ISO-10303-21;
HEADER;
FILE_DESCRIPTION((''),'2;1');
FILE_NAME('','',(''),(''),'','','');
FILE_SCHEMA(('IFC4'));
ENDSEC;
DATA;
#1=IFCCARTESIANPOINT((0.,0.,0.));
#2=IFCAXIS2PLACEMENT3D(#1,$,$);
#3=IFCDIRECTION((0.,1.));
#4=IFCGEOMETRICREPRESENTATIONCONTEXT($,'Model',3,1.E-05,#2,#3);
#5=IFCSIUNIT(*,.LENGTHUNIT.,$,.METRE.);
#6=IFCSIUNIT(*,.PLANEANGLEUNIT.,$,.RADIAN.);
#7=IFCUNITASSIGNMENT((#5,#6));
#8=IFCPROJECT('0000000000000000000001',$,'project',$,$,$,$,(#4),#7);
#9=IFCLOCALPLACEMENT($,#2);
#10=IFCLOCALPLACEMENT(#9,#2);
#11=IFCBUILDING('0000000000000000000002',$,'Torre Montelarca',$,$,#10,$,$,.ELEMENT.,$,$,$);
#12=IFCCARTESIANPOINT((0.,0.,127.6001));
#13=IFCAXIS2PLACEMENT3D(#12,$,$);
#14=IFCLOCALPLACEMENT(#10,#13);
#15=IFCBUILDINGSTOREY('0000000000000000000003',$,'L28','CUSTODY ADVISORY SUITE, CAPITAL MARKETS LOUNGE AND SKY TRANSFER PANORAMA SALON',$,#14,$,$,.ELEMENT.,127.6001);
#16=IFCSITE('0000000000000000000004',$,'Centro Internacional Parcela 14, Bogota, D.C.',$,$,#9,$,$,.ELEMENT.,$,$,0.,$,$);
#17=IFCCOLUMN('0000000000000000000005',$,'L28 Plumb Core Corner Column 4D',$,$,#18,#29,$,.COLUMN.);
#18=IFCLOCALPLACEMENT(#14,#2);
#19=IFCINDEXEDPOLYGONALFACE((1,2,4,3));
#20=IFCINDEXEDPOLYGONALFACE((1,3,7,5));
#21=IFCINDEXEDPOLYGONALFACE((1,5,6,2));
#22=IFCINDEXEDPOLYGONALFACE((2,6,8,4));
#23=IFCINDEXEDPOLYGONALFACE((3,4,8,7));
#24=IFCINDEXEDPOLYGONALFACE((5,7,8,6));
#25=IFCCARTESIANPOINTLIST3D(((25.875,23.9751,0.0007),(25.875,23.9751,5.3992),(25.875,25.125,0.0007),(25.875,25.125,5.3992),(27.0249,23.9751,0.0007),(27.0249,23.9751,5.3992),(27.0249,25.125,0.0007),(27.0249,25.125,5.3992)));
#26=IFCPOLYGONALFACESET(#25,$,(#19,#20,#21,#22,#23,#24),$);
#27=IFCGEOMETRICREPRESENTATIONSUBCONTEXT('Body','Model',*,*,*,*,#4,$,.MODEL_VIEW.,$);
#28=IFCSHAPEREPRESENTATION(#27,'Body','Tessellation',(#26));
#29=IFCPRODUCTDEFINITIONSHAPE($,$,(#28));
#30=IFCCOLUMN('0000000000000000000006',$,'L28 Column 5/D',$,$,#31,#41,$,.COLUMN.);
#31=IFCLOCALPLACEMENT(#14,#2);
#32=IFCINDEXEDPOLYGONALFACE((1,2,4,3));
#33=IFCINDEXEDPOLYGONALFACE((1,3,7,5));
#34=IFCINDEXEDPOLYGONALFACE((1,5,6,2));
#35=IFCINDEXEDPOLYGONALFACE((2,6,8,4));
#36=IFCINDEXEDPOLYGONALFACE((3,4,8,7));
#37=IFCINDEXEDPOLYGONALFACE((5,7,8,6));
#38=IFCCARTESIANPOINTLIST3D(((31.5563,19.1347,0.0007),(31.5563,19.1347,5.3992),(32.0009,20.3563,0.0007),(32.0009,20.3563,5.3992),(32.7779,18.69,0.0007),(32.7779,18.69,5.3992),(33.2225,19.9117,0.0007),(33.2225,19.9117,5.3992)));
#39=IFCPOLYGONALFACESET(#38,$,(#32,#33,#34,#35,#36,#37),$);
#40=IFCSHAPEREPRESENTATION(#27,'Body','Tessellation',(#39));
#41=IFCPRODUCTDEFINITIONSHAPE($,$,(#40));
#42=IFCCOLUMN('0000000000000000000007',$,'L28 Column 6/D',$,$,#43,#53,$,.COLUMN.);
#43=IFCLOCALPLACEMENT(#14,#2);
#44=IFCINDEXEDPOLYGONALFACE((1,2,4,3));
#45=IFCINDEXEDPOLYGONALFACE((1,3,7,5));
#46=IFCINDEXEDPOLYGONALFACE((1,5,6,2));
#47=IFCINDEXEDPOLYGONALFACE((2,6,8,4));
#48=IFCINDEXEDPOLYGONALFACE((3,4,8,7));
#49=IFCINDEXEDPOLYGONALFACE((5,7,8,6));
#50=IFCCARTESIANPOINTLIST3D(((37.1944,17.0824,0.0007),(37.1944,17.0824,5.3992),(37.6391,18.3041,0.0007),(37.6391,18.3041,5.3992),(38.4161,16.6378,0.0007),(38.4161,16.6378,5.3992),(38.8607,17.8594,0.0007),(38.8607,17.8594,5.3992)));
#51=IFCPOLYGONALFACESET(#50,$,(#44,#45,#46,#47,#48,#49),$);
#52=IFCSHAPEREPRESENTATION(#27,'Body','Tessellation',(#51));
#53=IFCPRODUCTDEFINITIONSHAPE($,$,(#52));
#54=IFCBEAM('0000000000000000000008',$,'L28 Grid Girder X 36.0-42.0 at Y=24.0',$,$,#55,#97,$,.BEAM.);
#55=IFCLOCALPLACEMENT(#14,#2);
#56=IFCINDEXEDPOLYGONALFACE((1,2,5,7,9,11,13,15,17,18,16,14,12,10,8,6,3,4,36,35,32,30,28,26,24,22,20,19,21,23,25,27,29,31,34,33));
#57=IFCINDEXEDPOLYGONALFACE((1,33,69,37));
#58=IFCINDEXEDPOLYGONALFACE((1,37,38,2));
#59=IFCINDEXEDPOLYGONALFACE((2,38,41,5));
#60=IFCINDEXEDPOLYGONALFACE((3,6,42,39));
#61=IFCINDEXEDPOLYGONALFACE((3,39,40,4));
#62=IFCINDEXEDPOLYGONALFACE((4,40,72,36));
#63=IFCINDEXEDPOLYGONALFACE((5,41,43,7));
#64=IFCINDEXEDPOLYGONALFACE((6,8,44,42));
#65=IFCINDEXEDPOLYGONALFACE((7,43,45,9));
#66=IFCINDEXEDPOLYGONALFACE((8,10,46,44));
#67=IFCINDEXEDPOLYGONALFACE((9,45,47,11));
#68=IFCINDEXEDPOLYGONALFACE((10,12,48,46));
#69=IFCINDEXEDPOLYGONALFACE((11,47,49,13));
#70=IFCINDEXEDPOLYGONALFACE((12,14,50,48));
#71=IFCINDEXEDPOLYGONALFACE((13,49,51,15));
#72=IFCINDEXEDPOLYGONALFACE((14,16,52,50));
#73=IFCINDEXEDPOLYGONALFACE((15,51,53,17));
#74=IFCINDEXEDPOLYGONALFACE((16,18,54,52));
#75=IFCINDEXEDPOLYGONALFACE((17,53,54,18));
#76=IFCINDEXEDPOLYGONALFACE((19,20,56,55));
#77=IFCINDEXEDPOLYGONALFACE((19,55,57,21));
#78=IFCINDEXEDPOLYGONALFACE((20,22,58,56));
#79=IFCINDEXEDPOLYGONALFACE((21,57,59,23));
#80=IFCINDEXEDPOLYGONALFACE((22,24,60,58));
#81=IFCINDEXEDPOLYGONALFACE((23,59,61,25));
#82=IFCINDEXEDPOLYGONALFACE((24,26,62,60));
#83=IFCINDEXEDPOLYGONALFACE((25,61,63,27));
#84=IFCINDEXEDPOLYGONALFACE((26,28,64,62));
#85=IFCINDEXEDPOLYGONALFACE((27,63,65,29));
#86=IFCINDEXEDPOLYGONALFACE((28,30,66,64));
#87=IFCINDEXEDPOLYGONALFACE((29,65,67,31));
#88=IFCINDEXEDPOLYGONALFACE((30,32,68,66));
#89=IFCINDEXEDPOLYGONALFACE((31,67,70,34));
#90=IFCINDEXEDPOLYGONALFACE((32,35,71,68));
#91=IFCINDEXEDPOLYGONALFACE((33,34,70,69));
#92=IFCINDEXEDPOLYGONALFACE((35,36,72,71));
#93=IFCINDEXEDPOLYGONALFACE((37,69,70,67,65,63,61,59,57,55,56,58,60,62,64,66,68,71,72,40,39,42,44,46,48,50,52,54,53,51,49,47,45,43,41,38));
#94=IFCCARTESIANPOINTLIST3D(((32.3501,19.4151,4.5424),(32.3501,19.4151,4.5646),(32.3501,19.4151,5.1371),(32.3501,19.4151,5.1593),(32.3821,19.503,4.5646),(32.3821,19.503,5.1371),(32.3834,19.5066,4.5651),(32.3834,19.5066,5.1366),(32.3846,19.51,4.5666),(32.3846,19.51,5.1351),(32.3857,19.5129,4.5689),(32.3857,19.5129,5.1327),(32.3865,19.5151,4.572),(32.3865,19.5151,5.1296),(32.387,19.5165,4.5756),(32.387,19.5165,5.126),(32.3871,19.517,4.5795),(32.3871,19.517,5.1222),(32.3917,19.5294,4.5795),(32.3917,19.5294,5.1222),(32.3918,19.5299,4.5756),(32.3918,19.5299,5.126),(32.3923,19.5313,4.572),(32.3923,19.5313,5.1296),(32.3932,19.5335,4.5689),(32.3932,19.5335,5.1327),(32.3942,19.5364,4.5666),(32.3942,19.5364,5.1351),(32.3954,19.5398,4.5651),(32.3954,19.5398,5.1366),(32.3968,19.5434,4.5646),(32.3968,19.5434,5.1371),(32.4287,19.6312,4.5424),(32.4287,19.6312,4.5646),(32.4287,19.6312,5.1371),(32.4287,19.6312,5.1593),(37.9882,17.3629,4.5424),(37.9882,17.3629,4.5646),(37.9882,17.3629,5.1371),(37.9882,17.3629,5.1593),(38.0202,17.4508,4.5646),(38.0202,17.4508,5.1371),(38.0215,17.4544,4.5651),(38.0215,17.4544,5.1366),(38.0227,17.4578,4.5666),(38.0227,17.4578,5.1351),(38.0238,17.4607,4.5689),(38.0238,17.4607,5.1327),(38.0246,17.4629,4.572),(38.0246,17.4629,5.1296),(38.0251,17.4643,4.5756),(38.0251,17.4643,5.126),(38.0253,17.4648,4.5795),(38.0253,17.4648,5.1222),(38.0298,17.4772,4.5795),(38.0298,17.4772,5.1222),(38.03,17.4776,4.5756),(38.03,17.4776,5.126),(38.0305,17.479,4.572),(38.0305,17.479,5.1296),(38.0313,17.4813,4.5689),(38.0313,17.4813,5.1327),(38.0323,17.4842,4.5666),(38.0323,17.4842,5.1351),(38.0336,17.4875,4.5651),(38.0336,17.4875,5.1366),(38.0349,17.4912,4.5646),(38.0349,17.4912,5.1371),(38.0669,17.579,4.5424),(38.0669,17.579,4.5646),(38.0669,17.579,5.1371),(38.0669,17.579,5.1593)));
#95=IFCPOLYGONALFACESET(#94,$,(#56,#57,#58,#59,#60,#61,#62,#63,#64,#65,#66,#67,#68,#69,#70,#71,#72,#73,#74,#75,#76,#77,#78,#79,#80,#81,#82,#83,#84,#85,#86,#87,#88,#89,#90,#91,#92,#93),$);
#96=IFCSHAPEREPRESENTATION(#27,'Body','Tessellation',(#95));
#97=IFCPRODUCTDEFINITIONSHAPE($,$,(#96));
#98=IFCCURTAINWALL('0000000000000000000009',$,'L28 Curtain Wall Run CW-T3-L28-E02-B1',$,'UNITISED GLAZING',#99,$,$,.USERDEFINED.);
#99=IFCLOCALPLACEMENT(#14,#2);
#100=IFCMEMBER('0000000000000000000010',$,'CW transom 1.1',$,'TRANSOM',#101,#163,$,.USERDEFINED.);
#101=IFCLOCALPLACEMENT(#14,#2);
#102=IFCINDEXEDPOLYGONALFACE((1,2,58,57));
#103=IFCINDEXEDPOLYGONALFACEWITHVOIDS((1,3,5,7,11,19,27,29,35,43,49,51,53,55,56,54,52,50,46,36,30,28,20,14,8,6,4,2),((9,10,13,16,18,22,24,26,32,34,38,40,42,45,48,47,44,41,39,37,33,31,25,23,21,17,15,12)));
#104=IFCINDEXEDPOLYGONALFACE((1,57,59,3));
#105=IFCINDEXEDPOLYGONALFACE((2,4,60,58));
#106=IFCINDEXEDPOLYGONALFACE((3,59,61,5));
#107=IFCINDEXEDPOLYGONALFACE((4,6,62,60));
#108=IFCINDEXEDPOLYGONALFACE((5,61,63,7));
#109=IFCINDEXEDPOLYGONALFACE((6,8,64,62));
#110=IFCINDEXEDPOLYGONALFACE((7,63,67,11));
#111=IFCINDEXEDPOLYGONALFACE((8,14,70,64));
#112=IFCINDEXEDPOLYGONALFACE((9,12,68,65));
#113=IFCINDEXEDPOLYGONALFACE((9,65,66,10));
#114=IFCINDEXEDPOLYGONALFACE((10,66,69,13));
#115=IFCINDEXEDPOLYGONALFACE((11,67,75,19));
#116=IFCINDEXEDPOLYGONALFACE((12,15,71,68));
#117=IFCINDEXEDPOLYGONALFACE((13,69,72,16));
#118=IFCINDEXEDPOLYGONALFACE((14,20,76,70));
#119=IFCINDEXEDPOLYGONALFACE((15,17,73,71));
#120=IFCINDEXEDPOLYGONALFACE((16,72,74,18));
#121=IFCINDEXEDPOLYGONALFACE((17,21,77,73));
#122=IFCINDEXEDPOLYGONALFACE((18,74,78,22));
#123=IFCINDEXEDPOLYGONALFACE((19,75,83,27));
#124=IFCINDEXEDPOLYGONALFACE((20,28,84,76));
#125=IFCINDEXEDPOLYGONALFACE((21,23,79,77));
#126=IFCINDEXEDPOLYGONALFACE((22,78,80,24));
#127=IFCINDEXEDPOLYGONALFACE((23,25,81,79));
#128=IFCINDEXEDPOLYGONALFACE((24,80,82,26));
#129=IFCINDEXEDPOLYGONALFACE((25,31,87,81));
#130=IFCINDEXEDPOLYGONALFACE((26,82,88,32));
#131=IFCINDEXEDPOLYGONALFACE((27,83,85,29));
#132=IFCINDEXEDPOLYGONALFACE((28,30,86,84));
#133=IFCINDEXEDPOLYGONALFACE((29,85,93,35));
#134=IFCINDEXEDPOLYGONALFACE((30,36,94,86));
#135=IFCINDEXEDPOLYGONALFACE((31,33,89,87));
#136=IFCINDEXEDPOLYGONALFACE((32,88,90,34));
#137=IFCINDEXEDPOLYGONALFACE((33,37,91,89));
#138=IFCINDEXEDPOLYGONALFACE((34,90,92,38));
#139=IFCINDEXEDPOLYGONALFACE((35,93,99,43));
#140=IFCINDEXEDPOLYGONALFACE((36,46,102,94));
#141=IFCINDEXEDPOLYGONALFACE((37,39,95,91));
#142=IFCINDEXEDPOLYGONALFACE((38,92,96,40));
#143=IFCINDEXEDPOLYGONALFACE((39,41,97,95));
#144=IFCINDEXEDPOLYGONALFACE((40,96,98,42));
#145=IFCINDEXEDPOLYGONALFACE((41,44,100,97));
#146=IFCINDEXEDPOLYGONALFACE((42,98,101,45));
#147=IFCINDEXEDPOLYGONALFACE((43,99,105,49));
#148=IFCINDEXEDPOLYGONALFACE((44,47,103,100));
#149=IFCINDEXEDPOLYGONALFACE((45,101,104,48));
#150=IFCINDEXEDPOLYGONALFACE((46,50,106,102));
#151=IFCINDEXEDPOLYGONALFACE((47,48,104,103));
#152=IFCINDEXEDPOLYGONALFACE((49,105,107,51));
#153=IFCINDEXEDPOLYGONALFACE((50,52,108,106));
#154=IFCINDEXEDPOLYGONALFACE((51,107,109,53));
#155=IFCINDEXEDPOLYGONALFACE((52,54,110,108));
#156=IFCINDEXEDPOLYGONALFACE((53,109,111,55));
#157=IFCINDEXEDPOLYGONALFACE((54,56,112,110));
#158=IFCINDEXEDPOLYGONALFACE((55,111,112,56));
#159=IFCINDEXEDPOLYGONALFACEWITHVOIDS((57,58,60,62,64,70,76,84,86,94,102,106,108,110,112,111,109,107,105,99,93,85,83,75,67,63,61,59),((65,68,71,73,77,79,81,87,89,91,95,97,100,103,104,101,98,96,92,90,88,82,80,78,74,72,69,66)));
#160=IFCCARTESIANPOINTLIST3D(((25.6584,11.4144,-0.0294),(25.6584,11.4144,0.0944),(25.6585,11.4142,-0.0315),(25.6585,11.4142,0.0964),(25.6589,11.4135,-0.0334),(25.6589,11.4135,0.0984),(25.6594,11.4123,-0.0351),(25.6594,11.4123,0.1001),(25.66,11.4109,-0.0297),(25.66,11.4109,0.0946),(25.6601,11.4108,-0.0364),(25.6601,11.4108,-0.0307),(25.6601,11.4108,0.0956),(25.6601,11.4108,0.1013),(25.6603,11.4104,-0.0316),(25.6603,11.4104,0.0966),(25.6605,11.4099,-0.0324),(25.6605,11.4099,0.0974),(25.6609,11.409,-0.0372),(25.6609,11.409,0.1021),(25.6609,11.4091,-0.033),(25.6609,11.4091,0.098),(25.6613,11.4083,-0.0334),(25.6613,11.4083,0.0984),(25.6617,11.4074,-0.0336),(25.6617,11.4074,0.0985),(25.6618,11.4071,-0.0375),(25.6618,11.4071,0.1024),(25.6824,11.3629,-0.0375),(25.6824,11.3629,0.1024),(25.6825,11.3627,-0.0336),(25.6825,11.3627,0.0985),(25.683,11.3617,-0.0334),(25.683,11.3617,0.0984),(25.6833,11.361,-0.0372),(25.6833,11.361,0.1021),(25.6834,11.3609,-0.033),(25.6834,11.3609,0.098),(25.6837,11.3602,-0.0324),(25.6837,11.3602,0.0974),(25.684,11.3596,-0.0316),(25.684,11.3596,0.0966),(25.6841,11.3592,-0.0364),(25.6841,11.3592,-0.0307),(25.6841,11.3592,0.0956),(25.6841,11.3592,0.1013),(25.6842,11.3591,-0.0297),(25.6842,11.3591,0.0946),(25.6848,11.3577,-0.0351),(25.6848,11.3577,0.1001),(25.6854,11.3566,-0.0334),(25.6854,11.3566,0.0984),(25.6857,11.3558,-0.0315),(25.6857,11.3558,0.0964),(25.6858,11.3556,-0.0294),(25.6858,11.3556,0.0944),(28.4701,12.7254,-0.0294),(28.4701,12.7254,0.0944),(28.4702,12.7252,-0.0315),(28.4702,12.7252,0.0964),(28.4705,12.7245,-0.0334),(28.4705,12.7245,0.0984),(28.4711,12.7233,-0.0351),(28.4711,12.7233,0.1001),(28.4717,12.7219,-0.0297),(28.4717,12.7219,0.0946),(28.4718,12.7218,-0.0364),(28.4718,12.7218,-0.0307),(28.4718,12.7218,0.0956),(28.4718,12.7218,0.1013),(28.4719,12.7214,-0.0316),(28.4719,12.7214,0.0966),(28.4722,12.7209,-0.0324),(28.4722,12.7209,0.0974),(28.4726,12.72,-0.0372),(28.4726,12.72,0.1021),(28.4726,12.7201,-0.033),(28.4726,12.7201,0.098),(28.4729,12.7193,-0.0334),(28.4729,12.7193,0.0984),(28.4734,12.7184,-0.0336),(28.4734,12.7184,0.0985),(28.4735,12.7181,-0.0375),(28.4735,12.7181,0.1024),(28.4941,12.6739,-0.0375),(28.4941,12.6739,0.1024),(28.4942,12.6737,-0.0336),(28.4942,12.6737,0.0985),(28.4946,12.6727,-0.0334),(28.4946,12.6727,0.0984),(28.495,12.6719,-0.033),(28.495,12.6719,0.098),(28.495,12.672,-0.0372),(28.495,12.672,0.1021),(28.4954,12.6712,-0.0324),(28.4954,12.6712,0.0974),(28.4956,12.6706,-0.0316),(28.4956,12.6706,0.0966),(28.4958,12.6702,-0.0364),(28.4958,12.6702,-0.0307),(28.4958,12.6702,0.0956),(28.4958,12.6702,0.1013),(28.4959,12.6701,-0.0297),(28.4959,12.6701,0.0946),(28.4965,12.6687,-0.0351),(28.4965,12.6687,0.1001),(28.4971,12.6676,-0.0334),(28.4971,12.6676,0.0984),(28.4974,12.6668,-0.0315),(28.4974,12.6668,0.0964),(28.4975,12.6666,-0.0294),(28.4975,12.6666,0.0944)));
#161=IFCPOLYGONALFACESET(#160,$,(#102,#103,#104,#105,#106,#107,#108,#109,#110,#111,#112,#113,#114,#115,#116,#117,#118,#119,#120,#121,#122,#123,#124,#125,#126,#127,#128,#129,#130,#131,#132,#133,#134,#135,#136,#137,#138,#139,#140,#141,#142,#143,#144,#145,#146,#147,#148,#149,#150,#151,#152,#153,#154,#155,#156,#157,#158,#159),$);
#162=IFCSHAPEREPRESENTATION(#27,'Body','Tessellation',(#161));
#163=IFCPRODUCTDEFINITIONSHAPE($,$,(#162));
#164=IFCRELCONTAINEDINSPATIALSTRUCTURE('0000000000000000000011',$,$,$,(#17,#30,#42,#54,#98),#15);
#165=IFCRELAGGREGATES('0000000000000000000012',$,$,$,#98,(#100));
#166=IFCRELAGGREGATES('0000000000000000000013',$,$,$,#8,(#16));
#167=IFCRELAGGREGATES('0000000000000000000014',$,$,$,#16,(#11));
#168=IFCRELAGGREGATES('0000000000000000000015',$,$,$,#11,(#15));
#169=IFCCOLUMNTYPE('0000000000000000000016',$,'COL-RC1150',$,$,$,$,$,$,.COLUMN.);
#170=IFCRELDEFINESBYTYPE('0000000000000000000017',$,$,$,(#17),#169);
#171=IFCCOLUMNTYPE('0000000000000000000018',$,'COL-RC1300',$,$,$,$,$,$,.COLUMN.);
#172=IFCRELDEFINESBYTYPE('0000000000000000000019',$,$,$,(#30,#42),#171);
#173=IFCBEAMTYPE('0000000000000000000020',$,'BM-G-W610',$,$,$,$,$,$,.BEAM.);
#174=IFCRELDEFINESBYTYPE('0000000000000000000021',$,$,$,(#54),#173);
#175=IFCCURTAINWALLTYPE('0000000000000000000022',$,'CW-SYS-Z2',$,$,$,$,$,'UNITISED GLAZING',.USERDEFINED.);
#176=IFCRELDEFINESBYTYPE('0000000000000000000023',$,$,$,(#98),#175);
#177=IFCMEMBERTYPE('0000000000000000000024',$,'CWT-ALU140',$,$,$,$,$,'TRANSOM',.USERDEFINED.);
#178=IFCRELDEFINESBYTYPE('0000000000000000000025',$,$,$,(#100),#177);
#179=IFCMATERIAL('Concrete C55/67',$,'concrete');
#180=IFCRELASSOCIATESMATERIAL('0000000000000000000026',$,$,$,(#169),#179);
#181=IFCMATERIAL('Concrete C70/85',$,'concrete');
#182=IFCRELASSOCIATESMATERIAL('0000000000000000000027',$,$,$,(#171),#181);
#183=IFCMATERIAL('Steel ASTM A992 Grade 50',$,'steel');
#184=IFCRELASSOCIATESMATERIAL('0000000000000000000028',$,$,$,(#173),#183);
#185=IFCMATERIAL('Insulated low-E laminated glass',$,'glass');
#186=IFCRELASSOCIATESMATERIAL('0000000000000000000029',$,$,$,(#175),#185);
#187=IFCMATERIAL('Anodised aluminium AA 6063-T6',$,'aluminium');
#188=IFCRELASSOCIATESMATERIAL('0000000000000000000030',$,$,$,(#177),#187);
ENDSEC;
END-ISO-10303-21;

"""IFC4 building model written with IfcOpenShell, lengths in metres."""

from ifc_helpers import new_model, si_unit, direction, frame, origin, origin_2d, place, context, subcontext, project, spatial, rectangle, hollow_rectangle, i_section, extrude, source, transform, mapped, material, material_profile, profile_set, type_object, element, aggregate, save


model = new_model("IFC4")

# Units and contexts
model_context = context("Model", 3, precision=1e-05, world=origin(), true_north=direction((0.0, 1.0)))
body_context = subcontext(model_context, "Body", "Model", "MODEL_VIEW")
ifc_project = project(units=[si_unit("LENGTHUNIT", "METRE"), si_unit("PLANEANGLEUNIT", "RADIAN")], contexts=[model_context])

# Site, building, storey
site_placement = place(None, origin())
site = spatial("IfcSite", under=ifc_project, at=site_placement, Name="Centro Internacional Parcela 14, Bogota, D.C.", CompositionType="ELEMENT", RefElevation=0.0)
building_placement = place(site_placement, origin())
building = spatial("IfcBuilding", under=site, at=building_placement, Name="Torre Montelarca", CompositionType="ELEMENT")
storey_placement = place(building_placement, frame((0.0, 0.0, 127.6001)))
storey = spatial("IfcBuildingStorey", under=building, at=storey_placement, Name="L28", Description="CUSTODY ADVISORY SUITE, CAPITAL MARKETS LOUNGE AND SKY TRANSFER PANORAMA SALON", CompositionType="ELEMENT", Elevation=127.6001)

# Columns
ifc_material_1 = material(Name="Concrete C55/67", Category="concrete")
ifc_material_profile_1 = material_profile(ifc_material_1, rectangle(XDim=1.1499, YDim=1.1499, at=origin_2d()), Name="RC1150X1150", Category="concrete")
ifc_profile_set_1 = profile_set([ifc_material_profile_1], Name="Concrete C55/67")
column_type_1 = type_object("IfcColumnType", Name="COL-RC1150", PredefinedType="COLUMN", material=ifc_profile_set_1)
shared_shape_1 = source(origin(), body_context, "Body", "SweptSolid", [
    extrude(rectangle(XDim=1.1499, YDim=1.1499, at=origin_2d()), origin(), (0.0, 0.0, 1.0), 5.3984),
])
column_placement = place(storey_placement, frame((26.45, 24.55, 0.0007), z_axis=(0.0, 0.0, 1.0), x_axis=(1.0, 0.0, 0.0)))
element("IfcColumn", 1, at=column_placement, inside=storey, type_object=column_type_1, Name="L28 Plumb Core Corner Column 4D", PredefinedType="COLUMN", context=body_context, shape_type="MappedRepresentation", body=[
    mapped(shared_shape_1, transform((0.0, 0.0, 0.0), scale=1.0)),
])
ifc_material_2 = material(Name="Concrete C70/85", Category="concrete")
ifc_material_profile_2 = material_profile(ifc_material_2, rectangle(XDim=1.3, YDim=1.3, at=origin_2d()), Name="RC1300X1300", Category="concrete")
ifc_profile_set_2 = profile_set([ifc_material_profile_2], Name="Concrete C70/85")
column_type_2 = type_object("IfcColumnType", Name="COL-RC1300", PredefinedType="COLUMN", material=ifc_profile_set_2)
shared_shape_2 = source(origin(), body_context, "Body", "SweptSolid", [
    extrude(rectangle(XDim=1.3, YDim=1.3, at=origin_2d()), origin(), (0.0, 0.0, 1.0), 5.3984),
])
for number, where, z_axis, x_axis, name in (
    (2, (32.3894, 19.5232, 0.0007), (0.0, 0.0, 1.0), (-0.939693, 0.34202, 0.0), "L28 Column 5/D"),
    (3, (38.0276, 17.4709, 0.0007), (0.0, 0.0, 1.0), (-0.939693, 0.34202, 0.0), "L28 Column 6/D"),
):
    element("IfcColumn", number, at=place(storey_placement, frame(where, z_axis=z_axis, x_axis=x_axis)), inside=storey, type_object=column_type_2, Name=name, PredefinedType="COLUMN", context=body_context, shape_type="MappedRepresentation", body=[
        mapped(shared_shape_2, transform((0.0, 0.0, 0.0), scale=1.0)),
    ])

# Beam
ifc_material_3 = material(Name="Steel ASTM A992 Grade 50", Category="steel")
ifc_material_profile_3 = material_profile(ifc_material_3, i_section(OverallWidth=0.23, OverallDepth=0.6169, WebThickness=0.0132, FlangeThickness=0.0222, FilletRadius=0.0149, at=origin_2d()), Name="W610X140", Category="steel")
ifc_profile_set_3 = profile_set([ifc_material_profile_3], Name="Steel ASTM A992 Grade 50")
beam_type = type_object("IfcBeamType", Name="BM-G-W610", PredefinedType="BEAM", material=ifc_profile_set_3)
shared_shape_3 = source(origin(), body_context, "Body", "SweptSolid", [
    extrude(i_section(OverallWidth=0.23, OverallDepth=0.6169, WebThickness=0.0132, FlangeThickness=0.0222, FilletRadius=0.0149, at=origin_2d()), origin(), (0.0, 0.0, 1.0), 6.0),
])
beam_placement = place(storey_placement, frame((32.3894, 19.5232, 4.8508), z_axis=(0.939686, -0.342037, 0.0), x_axis=(0.342037, 0.939686, 0.0)))
element("IfcBeam", 4, at=beam_placement, inside=storey, type_object=beam_type, Name="L28 Grid Girder X 36.0-42.0 at Y=24.0", PredefinedType="BEAM", context=body_context, shape_type="MappedRepresentation", body=[
    mapped(shared_shape_3, transform((0.0, 0.0, 0.0), scale=1.0)),
])

# Curtain wall, member
ifc_material_4 = material(Name="Insulated low-E laminated glass", Category="glass")
curtain_wall_type = type_object("IfcCurtainWallType", Name="CW-SYS-Z2", ElementType="UNITISED GLAZING", PredefinedType="USERDEFINED", material=ifc_material_4)
curtain_wall_1_placement = place(storey_placement, origin())
curtain_wall_1 = element("IfcCurtainWall", 5, at=curtain_wall_1_placement, inside=storey, type_object=curtain_wall_type, Name="L28 Curtain Wall Run CW-T3-L28-E02-B1", ObjectType="UNITISED GLAZING", PredefinedType="USERDEFINED")
ifc_material_5 = material(Name="Anodised aluminium AA 6063-T6", Category="aluminium")
ifc_material_profile_4 = material_profile(ifc_material_5, hollow_rectangle(XDim=0.0649, YDim=0.1399, WallThickness=0.0039, InnerFilletRadius=0.0039, OuterFilletRadius=0.0081, at=origin_2d()), Name="ALU65X140X4", Category="aluminium")
ifc_profile_set_4 = profile_set([ifc_material_profile_4], Name="Anodised aluminium AA 6063-T6")
member_type_1 = type_object("IfcMemberType", Name="CWT-ALU140", ElementType="TRANSOM", PredefinedType="USERDEFINED", material=ifc_profile_set_4)
shared_shape_4 = source(origin(), body_context, "Body", "SweptSolid", [
    extrude(hollow_rectangle(XDim=0.0649, YDim=0.1399, WallThickness=0.0039, InnerFilletRadius=0.0039, OuterFilletRadius=0.0081, at=origin_2d()), origin(), (0.0, 0.0, 1.0), 3.1023),
])
member_1_placement = place(storey_placement, frame((25.6721, 11.385, 0.0325), z_axis=(0.906322, 0.422588, 0.0), x_axis=(-0.422588, 0.906322, 0.0)))
member_1 = element("IfcMember", 6, at=member_1_placement, type_object=member_type_1, Name="CW transom 1.1", ObjectType="TRANSOM", PredefinedType="USERDEFINED", context=body_context, shape_type="MappedRepresentation", body=[
    mapped(shared_shape_4, transform((0.0, 0.0, 0.0), scale=1.0)),
])

aggregate(curtain_wall_1, [member_1])

save(model, "model.ifc")
